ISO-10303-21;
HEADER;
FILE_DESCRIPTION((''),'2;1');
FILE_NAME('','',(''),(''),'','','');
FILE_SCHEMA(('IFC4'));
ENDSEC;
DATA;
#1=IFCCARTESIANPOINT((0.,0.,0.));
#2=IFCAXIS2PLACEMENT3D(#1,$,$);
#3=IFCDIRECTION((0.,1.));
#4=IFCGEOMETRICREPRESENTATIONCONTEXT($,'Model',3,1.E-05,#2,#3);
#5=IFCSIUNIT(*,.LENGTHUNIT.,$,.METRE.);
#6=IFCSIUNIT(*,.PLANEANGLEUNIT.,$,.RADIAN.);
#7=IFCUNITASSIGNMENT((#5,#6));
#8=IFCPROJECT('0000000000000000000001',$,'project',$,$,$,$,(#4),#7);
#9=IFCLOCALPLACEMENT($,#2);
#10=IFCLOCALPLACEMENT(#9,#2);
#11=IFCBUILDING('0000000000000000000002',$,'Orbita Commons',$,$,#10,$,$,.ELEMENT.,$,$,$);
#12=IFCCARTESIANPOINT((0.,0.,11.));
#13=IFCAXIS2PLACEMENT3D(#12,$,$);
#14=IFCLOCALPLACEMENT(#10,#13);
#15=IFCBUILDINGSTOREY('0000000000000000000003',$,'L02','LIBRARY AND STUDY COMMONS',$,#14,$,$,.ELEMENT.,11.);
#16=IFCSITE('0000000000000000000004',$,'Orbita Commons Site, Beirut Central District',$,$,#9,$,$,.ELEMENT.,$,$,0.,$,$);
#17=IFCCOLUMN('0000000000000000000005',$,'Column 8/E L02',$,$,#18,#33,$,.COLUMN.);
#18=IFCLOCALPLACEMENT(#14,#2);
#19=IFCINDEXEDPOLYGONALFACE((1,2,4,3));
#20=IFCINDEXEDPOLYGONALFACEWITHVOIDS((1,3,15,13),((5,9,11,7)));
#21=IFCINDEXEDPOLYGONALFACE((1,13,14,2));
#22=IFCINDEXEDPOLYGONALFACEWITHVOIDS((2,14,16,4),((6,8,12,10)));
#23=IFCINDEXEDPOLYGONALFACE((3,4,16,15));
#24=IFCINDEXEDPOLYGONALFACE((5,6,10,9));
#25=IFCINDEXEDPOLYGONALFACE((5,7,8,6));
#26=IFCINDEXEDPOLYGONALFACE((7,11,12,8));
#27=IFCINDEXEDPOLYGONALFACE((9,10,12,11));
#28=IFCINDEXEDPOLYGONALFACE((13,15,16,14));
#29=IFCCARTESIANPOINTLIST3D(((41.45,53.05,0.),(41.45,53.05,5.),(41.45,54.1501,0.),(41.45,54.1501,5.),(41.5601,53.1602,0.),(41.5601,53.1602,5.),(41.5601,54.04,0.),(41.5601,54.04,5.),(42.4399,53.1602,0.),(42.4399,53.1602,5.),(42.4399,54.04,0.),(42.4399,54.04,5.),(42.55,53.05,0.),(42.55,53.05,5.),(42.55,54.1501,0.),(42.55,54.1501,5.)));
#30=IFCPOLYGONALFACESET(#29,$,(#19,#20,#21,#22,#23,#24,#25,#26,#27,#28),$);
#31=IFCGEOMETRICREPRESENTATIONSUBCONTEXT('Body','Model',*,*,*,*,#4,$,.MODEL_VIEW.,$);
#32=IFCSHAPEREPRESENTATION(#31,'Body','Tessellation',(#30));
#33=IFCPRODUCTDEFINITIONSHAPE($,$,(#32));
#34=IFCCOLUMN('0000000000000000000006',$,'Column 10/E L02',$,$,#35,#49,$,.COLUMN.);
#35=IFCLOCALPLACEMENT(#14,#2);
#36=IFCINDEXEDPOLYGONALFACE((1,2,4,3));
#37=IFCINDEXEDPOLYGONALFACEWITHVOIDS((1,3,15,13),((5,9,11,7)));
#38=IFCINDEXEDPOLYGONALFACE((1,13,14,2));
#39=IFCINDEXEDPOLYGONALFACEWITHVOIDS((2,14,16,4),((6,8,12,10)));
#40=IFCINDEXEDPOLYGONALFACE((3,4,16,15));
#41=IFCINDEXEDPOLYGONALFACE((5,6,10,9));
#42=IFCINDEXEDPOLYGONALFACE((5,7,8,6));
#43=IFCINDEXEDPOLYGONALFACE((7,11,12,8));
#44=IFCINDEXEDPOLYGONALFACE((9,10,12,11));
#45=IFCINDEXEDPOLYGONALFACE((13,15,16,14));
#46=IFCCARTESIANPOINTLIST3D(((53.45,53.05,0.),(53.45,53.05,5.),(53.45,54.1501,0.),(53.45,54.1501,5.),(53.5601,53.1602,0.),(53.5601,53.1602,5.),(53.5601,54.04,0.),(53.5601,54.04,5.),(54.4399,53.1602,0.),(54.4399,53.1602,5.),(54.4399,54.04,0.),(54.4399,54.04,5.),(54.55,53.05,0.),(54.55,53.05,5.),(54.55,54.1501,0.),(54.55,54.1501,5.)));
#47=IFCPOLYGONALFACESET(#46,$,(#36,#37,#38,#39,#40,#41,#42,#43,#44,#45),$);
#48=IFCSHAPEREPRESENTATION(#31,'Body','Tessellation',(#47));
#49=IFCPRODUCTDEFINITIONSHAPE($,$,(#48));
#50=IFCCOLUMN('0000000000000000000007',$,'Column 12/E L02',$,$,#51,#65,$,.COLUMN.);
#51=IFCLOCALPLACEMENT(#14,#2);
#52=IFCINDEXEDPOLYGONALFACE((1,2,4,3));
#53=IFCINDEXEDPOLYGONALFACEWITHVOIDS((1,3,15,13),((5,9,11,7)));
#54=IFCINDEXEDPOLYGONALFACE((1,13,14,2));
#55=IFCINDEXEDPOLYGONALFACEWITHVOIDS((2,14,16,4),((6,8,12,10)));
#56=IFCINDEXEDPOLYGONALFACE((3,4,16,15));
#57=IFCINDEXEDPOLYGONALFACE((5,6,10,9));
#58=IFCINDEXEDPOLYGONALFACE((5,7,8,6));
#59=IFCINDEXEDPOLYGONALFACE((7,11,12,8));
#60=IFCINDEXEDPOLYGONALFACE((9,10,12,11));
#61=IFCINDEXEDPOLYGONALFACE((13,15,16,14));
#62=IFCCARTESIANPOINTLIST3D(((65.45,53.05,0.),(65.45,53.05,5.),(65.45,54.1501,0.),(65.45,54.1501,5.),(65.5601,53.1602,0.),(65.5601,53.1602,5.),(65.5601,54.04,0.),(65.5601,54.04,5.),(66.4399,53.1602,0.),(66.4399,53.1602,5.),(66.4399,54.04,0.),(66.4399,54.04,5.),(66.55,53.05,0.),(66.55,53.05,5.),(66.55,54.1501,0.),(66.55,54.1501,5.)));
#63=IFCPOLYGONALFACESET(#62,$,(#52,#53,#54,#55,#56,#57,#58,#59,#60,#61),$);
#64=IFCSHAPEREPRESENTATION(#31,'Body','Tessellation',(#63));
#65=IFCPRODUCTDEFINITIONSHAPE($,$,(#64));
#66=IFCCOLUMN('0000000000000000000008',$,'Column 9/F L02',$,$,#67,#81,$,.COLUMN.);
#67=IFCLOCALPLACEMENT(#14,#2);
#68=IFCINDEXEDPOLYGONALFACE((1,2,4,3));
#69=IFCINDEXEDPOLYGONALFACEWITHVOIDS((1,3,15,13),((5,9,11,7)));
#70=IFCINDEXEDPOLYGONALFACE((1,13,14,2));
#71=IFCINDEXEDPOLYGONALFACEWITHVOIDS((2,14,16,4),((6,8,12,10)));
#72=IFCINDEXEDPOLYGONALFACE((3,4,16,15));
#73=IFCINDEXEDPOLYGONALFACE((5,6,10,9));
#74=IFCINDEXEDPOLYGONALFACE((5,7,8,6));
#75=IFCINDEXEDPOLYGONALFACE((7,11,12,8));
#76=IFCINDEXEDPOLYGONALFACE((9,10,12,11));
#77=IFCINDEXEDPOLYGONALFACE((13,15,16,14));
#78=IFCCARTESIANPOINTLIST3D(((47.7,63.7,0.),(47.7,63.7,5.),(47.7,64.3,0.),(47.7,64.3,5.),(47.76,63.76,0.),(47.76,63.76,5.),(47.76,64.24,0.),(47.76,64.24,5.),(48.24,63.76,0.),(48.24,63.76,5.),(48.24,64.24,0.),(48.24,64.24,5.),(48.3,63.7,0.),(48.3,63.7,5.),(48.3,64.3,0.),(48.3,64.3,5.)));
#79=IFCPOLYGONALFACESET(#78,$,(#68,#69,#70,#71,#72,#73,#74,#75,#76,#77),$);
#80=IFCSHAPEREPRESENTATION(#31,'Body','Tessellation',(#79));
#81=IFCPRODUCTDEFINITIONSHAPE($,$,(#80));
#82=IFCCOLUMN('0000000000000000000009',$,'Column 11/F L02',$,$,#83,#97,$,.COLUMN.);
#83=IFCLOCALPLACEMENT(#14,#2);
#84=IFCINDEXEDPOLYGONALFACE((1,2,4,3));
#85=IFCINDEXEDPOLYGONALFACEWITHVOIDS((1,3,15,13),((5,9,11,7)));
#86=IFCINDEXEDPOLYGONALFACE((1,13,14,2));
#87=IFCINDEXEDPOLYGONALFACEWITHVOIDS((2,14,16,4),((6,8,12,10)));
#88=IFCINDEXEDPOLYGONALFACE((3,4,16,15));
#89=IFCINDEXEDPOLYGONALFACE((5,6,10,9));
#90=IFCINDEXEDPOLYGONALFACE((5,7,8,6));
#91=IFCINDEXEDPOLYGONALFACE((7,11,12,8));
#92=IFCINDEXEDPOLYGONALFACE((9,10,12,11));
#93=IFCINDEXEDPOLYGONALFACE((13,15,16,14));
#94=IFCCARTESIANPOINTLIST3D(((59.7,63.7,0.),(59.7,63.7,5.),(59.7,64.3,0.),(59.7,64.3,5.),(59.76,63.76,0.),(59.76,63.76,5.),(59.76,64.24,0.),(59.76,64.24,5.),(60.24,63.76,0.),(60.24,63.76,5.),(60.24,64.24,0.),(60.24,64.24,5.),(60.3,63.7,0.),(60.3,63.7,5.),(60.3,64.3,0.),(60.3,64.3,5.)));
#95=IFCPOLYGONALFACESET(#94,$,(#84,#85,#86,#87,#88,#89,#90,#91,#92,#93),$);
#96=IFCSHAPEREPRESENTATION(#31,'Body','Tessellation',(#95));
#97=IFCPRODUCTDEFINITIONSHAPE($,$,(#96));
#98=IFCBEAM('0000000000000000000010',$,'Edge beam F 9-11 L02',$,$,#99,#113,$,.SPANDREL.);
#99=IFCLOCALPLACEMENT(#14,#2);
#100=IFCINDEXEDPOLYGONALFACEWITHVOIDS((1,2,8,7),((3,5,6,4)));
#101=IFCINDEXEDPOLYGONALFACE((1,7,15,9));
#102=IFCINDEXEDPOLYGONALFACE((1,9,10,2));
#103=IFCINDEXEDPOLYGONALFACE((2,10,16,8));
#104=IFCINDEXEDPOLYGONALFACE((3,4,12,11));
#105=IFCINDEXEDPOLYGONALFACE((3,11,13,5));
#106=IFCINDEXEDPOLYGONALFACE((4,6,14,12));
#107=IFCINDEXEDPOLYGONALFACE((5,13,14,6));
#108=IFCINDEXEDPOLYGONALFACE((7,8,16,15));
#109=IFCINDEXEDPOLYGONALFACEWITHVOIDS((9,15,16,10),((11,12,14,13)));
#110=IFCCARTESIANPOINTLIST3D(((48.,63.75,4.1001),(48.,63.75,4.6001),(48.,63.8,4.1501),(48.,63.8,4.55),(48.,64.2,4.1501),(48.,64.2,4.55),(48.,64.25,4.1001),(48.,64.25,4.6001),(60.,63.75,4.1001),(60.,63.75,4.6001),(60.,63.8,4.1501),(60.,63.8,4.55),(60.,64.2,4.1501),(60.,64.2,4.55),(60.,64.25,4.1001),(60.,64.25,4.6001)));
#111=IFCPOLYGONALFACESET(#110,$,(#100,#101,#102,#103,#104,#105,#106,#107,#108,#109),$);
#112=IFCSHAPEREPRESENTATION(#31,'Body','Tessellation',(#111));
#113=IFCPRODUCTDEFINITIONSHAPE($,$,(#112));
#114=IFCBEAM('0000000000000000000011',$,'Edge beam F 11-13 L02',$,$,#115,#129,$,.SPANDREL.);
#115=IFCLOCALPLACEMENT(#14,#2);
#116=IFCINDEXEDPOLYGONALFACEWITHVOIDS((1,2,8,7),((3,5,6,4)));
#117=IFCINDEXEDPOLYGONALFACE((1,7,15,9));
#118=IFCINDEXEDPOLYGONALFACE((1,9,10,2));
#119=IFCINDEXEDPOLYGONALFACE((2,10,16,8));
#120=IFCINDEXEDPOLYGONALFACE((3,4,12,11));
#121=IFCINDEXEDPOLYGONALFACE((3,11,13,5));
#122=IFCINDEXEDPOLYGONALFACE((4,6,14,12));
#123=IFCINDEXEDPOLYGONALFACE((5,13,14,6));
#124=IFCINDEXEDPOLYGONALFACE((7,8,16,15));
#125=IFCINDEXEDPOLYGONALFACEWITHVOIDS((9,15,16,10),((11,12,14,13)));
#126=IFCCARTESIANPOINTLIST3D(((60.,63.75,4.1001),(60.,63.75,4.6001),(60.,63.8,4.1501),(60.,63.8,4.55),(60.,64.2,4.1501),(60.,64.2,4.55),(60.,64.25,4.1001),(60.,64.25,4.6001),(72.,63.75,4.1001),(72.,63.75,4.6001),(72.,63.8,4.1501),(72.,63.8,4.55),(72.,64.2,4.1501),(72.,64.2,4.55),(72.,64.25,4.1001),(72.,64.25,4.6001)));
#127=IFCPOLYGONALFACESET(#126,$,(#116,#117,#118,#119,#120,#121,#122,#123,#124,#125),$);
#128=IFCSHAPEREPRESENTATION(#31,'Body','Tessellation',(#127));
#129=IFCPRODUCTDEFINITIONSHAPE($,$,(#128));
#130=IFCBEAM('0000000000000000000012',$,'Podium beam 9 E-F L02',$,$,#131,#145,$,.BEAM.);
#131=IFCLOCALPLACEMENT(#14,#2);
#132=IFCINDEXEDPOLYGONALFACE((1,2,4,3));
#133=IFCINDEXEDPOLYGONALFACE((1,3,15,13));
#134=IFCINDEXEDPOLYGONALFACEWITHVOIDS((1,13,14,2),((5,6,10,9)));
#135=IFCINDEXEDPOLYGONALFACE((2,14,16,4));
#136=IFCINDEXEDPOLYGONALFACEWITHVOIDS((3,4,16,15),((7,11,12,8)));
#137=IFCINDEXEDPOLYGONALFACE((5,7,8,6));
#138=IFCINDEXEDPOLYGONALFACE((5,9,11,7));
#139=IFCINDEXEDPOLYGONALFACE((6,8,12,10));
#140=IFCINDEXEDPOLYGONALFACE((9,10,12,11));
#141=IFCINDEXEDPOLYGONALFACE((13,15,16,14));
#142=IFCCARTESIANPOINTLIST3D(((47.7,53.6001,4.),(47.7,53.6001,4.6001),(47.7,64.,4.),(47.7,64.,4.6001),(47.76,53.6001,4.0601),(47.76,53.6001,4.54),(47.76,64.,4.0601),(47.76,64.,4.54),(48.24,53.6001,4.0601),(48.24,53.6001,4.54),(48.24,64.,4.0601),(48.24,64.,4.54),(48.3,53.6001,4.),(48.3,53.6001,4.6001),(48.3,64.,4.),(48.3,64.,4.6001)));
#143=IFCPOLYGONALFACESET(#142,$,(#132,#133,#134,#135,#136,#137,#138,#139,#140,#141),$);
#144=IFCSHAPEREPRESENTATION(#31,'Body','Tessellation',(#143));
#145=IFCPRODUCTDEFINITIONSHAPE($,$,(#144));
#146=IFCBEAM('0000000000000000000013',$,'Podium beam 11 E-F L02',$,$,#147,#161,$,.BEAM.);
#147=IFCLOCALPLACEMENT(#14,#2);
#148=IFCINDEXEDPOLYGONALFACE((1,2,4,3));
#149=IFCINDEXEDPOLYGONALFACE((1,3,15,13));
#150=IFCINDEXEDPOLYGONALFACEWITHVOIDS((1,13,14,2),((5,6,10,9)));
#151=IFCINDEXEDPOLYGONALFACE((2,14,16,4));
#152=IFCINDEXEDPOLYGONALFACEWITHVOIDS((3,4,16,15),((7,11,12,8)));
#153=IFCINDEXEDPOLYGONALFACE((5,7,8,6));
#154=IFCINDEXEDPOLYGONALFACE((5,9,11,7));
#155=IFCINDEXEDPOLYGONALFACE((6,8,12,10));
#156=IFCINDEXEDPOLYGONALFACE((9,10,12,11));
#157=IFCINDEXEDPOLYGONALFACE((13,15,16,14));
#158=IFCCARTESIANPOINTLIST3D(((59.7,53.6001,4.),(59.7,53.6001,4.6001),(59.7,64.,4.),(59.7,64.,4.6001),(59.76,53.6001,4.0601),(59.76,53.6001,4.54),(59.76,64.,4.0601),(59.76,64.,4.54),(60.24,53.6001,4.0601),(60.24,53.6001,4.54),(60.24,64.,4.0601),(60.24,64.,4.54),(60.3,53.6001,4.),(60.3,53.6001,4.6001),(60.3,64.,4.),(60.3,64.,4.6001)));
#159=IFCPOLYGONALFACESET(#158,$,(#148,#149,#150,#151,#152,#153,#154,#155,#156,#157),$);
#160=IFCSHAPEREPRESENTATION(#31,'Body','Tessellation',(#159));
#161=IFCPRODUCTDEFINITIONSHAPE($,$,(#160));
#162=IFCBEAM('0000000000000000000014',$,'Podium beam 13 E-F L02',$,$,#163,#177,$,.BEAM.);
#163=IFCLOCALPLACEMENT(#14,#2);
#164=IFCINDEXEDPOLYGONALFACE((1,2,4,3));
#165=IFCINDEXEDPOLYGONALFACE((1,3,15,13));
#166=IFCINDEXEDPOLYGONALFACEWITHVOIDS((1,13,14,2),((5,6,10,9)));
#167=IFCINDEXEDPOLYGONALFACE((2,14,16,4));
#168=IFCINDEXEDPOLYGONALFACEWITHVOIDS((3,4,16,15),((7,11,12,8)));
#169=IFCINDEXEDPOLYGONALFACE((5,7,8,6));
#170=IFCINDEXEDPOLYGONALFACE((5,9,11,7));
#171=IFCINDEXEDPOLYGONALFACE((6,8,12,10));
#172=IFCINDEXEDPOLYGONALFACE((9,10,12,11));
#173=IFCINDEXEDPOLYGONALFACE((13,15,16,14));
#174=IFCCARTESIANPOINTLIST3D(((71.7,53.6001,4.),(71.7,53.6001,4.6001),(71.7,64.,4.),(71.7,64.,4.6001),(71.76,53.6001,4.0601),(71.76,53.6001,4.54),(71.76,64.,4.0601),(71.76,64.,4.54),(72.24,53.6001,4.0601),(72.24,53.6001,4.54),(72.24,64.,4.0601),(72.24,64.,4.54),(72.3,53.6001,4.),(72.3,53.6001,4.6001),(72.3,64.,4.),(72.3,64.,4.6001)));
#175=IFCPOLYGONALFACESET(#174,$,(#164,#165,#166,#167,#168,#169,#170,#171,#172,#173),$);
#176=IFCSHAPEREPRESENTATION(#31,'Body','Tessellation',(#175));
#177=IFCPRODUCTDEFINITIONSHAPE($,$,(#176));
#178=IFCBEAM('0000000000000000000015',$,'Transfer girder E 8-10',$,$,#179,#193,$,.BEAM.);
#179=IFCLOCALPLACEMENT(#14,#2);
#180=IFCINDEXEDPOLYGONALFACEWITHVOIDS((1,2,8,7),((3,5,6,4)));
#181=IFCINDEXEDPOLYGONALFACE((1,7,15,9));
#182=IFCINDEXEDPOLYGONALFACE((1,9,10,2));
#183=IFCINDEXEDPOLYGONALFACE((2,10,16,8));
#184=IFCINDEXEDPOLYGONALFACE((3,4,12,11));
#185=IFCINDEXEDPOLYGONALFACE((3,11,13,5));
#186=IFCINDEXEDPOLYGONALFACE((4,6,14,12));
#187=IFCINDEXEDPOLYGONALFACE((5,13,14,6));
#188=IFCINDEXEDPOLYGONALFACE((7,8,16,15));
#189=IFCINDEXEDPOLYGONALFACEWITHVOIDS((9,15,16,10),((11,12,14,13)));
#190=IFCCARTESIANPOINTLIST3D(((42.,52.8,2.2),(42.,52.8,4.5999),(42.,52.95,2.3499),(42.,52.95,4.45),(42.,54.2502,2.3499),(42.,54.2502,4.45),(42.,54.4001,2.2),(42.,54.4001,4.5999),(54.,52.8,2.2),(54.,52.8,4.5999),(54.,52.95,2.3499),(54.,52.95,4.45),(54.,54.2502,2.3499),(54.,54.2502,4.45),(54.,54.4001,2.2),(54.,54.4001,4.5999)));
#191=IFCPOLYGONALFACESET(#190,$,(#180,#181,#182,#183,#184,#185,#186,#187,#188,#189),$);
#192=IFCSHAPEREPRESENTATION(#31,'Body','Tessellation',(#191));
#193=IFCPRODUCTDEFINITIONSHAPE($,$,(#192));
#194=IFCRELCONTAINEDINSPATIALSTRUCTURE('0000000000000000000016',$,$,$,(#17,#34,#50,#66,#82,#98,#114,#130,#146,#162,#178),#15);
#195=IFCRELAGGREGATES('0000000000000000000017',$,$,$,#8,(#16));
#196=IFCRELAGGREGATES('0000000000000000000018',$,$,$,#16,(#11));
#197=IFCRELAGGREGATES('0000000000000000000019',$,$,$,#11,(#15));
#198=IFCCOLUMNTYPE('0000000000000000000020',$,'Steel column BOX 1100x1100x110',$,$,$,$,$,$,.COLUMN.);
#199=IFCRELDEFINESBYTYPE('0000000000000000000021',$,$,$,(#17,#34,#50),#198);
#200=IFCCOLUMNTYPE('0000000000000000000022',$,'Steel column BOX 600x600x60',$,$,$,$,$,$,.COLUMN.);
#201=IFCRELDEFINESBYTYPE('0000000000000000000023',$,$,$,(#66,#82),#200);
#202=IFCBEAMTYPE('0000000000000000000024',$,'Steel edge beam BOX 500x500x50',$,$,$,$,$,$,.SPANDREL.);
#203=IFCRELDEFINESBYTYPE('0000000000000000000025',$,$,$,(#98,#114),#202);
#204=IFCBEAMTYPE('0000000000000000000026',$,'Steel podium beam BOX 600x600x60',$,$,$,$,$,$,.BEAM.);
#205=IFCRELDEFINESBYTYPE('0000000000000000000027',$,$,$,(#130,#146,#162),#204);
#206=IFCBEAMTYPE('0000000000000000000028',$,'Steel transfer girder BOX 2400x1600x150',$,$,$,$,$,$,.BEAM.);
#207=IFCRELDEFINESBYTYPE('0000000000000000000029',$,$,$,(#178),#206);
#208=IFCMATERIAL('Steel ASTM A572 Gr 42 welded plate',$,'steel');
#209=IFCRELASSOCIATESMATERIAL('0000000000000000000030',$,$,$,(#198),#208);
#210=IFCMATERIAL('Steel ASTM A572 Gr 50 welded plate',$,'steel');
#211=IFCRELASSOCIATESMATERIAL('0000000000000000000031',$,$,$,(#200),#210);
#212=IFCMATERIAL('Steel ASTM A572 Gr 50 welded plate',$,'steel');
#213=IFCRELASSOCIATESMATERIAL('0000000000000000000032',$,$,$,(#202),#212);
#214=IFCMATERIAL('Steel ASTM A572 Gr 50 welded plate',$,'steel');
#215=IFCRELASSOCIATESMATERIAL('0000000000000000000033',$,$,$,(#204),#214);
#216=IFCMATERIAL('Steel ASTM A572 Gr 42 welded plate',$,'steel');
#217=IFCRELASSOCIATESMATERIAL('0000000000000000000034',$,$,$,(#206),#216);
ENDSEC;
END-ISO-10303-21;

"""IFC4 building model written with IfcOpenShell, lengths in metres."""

from ifc_helpers import new_model, si_unit, direction, frame, origin, origin_2d, place, context, subcontext, project, spatial, hollow_rectangle, extrude, material, material_profile, profile_set, type_object, element, save


model = new_model("IFC4")

# Units and contexts
model_context = context("Model", 3, precision=1e-05, world=origin(), true_north=direction((0.0, 1.0)))
body_context = subcontext(model_context, "Body", "Model", "MODEL_VIEW")
ifc_project = project(units=[si_unit("LENGTHUNIT", "METRE"), si_unit("PLANEANGLEUNIT", "RADIAN")], contexts=[model_context])

# Site, building, storey
site_placement = place(None, origin())
site = spatial("IfcSite", under=ifc_project, at=site_placement, Name="Orbita Commons Site, Beirut Central District", CompositionType="ELEMENT", RefElevation=0.0)
building_placement = place(site_placement, origin())
building = spatial("IfcBuilding", under=site, at=building_placement, Name="Orbita Commons", CompositionType="ELEMENT")
storey_placement = place(building_placement, frame((0.0, 0.0, 11.0)))
storey = spatial("IfcBuildingStorey", under=building, at=storey_placement, Name="L02", Description="LIBRARY AND STUDY COMMONS", CompositionType="ELEMENT", Elevation=11.0)

# Columns
ifc_material_1 = material(Name="Steel ASTM A572 Gr 42 welded plate", Category="steel")
ifc_material_profile_1 = material_profile(ifc_material_1, hollow_rectangle(XDim=1.1001, YDim=1.1001, WallThickness=0.1101, at=origin_2d()), Name="BOX 1100x1100x110")
ifc_profile_set_1 = profile_set([ifc_material_profile_1], Name="Steel ASTM A572 Gr 42 welded plate")
column_type_1 = type_object("IfcColumnType", Name="Steel column BOX 1100x1100x110", PredefinedType="COLUMN", material=ifc_profile_set_1)
for number, where, z_axis, x_axis, name in (
    (1, (42.0, 53.6001, 0.0), (0.0, 0.0, 1.0), (1.0, 0.0, 0.0), "Column 8/E L02"),
    (2, (54.0, 53.6001, 0.0), (0.0, 0.0, 1.0), (1.0, 0.0, 0.0), "Column 10/E L02"),
    (3, (66.0, 53.6001, 0.0), (0.0, 0.0, 1.0), (1.0, 0.0, 0.0), "Column 12/E L02"),
):
    element("IfcColumn", number, at=place(storey_placement, frame(where, z_axis=z_axis, x_axis=x_axis)), inside=storey, type_object=column_type_1, Name=name, PredefinedType="COLUMN", context=body_context, shape_type="SweptSolid", body=[
        extrude(hollow_rectangle(XDim=1.1001, YDim=1.1001, WallThickness=0.1101, at=origin_2d()), origin(), (0.0, 0.0, 1.0), 5.0),
    ])
ifc_material_2 = material(Name="Steel ASTM A572 Gr 50 welded plate", Category="steel")
ifc_material_profile_2 = material_profile(ifc_material_2, hollow_rectangle(XDim=0.6001, YDim=0.6001, WallThickness=0.0601, at=origin_2d()), Name="BOX 600x600x60")
ifc_profile_set_2 = profile_set([ifc_material_profile_2], Name="Steel ASTM A572 Gr 50 welded plate")
column_type_2 = type_object("IfcColumnType", Name="Steel column BOX 600x600x60", PredefinedType="COLUMN", material=ifc_profile_set_2)
for number, where, z_axis, x_axis, name in (
    (4, (48.0, 64.0, 0.0), (0.0, 0.0, 1.0), (1.0, 0.0, 0.0), "Column 9/F L02"),
    (5, (60.0, 64.0, 0.0), (0.0, 0.0, 1.0), (1.0, 0.0, 0.0), "Column 11/F L02"),
):
    element("IfcColumn", number, at=place(storey_placement, frame(where, z_axis=z_axis, x_axis=x_axis)), inside=storey, type_object=column_type_2, Name=name, PredefinedType="COLUMN", context=body_context, shape_type="SweptSolid", body=[
        extrude(hollow_rectangle(XDim=0.6001, YDim=0.6001, WallThickness=0.0601, at=origin_2d()), origin(), (0.0, 0.0, 1.0), 5.0),
    ])

# Beams
ifc_material_3 = material(Name="Steel ASTM A572 Gr 50 welded plate", Category="steel")
ifc_material_profile_3 = material_profile(ifc_material_3, hollow_rectangle(XDim=0.5, YDim=0.5, WallThickness=0.05, at=origin_2d()), Name="BOX 500x500x50")
ifc_profile_set_3 = profile_set([ifc_material_profile_3], Name="Steel ASTM A572 Gr 50 welded plate")
beam_type_1 = type_object("IfcBeamType", Name="Steel edge beam BOX 500x500x50", PredefinedType="SPANDREL", material=ifc_profile_set_3)
for number, where, z_axis, x_axis, name in (
    (6, (48.0, 64.0, 4.3501), (1.0, 0.0, 0.0), (0.0, 1.0, 0.0), "Edge beam F 9-11 L02"),
    (7, (60.0, 64.0, 4.3501), (1.0, 0.0, 0.0), (0.0, 1.0, 0.0), "Edge beam F 11-13 L02"),
):
    element("IfcBeam", number, at=place(storey_placement, frame(where, z_axis=z_axis, x_axis=x_axis)), inside=storey, type_object=beam_type_1, Name=name, PredefinedType="SPANDREL", context=body_context, shape_type="SweptSolid", body=[
        extrude(hollow_rectangle(XDim=0.5, YDim=0.5, WallThickness=0.05, at=origin_2d()), origin(), (0.0, 0.0, 1.0), 12.0),
    ])
ifc_material_4 = material(Name="Steel ASTM A572 Gr 50 welded plate", Category="steel")
ifc_material_profile_4 = material_profile(ifc_material_4, hollow_rectangle(XDim=0.6001, YDim=0.6001, WallThickness=0.0601, at=origin_2d()), Name="BOX 600x600x60")
ifc_profile_set_4 = profile_set([ifc_material_profile_4], Name="Steel ASTM A572 Gr 50 welded plate")
beam_type_2 = type_object("IfcBeamType", Name="Steel podium beam BOX 600x600x60", PredefinedType="BEAM", material=ifc_profile_set_4)
for number, where, z_axis, x_axis, name in (
    (8, (48.0, 53.6001, 4.3), (0.0, 1.0, 0.0), (-1.0, 0.0, 0.0), "Podium beam 9 E-F L02"),
    (9, (60.0, 53.6001, 4.3), (0.0, 1.0, 0.0), (-1.0, 0.0, 0.0), "Podium beam 11 E-F L02"),
    (10, (72.0, 53.6001, 4.3), (0.0, 1.0, 0.0), (-1.0, 0.0, 0.0), "Podium beam 13 E-F L02"),
):
    element("IfcBeam", number, at=place(storey_placement, frame(where, z_axis=z_axis, x_axis=x_axis)), inside=storey, type_object=beam_type_2, Name=name, PredefinedType="BEAM", context=body_context, shape_type="SweptSolid", body=[
        extrude(hollow_rectangle(XDim=0.6001, YDim=0.6001, WallThickness=0.0601, at=origin_2d()), origin(), (0.0, 0.0, 1.0), 10.3999),
    ])
ifc_material_5 = material(Name="Steel ASTM A572 Gr 42 welded plate", Category="steel")
ifc_material_profile_5 = material_profile(ifc_material_5, hollow_rectangle(XDim=1.6001, YDim=2.3999, WallThickness=0.1499, at=origin_2d()), Name="BOX 2400x1600x150")
ifc_profile_set_5 = profile_set([ifc_material_profile_5], Name="Steel ASTM A572 Gr 42 welded plate")
beam_type_3 = type_object("IfcBeamType", Name="Steel transfer girder BOX 2400x1600x150", PredefinedType="BEAM", material=ifc_profile_set_5)
for number, where, z_axis, x_axis, name in (
    (11, (42.0, 53.6001, 3.3999), (1.0, 0.0, 0.0), (0.0, 1.0, 0.0), "Transfer girder E 8-10"),
):
    element("IfcBeam", number, at=place(storey_placement, frame(where, z_axis=z_axis, x_axis=x_axis)), inside=storey, type_object=beam_type_3, Name=name, PredefinedType="BEAM", context=body_context, shape_type="SweptSolid", body=[
        extrude(hollow_rectangle(XDim=1.6001, YDim=2.3999, WallThickness=0.1499, at=origin_2d()), origin(), (0.0, 0.0, 1.0), 12.0),
    ])

save(model, "model.ifc")
